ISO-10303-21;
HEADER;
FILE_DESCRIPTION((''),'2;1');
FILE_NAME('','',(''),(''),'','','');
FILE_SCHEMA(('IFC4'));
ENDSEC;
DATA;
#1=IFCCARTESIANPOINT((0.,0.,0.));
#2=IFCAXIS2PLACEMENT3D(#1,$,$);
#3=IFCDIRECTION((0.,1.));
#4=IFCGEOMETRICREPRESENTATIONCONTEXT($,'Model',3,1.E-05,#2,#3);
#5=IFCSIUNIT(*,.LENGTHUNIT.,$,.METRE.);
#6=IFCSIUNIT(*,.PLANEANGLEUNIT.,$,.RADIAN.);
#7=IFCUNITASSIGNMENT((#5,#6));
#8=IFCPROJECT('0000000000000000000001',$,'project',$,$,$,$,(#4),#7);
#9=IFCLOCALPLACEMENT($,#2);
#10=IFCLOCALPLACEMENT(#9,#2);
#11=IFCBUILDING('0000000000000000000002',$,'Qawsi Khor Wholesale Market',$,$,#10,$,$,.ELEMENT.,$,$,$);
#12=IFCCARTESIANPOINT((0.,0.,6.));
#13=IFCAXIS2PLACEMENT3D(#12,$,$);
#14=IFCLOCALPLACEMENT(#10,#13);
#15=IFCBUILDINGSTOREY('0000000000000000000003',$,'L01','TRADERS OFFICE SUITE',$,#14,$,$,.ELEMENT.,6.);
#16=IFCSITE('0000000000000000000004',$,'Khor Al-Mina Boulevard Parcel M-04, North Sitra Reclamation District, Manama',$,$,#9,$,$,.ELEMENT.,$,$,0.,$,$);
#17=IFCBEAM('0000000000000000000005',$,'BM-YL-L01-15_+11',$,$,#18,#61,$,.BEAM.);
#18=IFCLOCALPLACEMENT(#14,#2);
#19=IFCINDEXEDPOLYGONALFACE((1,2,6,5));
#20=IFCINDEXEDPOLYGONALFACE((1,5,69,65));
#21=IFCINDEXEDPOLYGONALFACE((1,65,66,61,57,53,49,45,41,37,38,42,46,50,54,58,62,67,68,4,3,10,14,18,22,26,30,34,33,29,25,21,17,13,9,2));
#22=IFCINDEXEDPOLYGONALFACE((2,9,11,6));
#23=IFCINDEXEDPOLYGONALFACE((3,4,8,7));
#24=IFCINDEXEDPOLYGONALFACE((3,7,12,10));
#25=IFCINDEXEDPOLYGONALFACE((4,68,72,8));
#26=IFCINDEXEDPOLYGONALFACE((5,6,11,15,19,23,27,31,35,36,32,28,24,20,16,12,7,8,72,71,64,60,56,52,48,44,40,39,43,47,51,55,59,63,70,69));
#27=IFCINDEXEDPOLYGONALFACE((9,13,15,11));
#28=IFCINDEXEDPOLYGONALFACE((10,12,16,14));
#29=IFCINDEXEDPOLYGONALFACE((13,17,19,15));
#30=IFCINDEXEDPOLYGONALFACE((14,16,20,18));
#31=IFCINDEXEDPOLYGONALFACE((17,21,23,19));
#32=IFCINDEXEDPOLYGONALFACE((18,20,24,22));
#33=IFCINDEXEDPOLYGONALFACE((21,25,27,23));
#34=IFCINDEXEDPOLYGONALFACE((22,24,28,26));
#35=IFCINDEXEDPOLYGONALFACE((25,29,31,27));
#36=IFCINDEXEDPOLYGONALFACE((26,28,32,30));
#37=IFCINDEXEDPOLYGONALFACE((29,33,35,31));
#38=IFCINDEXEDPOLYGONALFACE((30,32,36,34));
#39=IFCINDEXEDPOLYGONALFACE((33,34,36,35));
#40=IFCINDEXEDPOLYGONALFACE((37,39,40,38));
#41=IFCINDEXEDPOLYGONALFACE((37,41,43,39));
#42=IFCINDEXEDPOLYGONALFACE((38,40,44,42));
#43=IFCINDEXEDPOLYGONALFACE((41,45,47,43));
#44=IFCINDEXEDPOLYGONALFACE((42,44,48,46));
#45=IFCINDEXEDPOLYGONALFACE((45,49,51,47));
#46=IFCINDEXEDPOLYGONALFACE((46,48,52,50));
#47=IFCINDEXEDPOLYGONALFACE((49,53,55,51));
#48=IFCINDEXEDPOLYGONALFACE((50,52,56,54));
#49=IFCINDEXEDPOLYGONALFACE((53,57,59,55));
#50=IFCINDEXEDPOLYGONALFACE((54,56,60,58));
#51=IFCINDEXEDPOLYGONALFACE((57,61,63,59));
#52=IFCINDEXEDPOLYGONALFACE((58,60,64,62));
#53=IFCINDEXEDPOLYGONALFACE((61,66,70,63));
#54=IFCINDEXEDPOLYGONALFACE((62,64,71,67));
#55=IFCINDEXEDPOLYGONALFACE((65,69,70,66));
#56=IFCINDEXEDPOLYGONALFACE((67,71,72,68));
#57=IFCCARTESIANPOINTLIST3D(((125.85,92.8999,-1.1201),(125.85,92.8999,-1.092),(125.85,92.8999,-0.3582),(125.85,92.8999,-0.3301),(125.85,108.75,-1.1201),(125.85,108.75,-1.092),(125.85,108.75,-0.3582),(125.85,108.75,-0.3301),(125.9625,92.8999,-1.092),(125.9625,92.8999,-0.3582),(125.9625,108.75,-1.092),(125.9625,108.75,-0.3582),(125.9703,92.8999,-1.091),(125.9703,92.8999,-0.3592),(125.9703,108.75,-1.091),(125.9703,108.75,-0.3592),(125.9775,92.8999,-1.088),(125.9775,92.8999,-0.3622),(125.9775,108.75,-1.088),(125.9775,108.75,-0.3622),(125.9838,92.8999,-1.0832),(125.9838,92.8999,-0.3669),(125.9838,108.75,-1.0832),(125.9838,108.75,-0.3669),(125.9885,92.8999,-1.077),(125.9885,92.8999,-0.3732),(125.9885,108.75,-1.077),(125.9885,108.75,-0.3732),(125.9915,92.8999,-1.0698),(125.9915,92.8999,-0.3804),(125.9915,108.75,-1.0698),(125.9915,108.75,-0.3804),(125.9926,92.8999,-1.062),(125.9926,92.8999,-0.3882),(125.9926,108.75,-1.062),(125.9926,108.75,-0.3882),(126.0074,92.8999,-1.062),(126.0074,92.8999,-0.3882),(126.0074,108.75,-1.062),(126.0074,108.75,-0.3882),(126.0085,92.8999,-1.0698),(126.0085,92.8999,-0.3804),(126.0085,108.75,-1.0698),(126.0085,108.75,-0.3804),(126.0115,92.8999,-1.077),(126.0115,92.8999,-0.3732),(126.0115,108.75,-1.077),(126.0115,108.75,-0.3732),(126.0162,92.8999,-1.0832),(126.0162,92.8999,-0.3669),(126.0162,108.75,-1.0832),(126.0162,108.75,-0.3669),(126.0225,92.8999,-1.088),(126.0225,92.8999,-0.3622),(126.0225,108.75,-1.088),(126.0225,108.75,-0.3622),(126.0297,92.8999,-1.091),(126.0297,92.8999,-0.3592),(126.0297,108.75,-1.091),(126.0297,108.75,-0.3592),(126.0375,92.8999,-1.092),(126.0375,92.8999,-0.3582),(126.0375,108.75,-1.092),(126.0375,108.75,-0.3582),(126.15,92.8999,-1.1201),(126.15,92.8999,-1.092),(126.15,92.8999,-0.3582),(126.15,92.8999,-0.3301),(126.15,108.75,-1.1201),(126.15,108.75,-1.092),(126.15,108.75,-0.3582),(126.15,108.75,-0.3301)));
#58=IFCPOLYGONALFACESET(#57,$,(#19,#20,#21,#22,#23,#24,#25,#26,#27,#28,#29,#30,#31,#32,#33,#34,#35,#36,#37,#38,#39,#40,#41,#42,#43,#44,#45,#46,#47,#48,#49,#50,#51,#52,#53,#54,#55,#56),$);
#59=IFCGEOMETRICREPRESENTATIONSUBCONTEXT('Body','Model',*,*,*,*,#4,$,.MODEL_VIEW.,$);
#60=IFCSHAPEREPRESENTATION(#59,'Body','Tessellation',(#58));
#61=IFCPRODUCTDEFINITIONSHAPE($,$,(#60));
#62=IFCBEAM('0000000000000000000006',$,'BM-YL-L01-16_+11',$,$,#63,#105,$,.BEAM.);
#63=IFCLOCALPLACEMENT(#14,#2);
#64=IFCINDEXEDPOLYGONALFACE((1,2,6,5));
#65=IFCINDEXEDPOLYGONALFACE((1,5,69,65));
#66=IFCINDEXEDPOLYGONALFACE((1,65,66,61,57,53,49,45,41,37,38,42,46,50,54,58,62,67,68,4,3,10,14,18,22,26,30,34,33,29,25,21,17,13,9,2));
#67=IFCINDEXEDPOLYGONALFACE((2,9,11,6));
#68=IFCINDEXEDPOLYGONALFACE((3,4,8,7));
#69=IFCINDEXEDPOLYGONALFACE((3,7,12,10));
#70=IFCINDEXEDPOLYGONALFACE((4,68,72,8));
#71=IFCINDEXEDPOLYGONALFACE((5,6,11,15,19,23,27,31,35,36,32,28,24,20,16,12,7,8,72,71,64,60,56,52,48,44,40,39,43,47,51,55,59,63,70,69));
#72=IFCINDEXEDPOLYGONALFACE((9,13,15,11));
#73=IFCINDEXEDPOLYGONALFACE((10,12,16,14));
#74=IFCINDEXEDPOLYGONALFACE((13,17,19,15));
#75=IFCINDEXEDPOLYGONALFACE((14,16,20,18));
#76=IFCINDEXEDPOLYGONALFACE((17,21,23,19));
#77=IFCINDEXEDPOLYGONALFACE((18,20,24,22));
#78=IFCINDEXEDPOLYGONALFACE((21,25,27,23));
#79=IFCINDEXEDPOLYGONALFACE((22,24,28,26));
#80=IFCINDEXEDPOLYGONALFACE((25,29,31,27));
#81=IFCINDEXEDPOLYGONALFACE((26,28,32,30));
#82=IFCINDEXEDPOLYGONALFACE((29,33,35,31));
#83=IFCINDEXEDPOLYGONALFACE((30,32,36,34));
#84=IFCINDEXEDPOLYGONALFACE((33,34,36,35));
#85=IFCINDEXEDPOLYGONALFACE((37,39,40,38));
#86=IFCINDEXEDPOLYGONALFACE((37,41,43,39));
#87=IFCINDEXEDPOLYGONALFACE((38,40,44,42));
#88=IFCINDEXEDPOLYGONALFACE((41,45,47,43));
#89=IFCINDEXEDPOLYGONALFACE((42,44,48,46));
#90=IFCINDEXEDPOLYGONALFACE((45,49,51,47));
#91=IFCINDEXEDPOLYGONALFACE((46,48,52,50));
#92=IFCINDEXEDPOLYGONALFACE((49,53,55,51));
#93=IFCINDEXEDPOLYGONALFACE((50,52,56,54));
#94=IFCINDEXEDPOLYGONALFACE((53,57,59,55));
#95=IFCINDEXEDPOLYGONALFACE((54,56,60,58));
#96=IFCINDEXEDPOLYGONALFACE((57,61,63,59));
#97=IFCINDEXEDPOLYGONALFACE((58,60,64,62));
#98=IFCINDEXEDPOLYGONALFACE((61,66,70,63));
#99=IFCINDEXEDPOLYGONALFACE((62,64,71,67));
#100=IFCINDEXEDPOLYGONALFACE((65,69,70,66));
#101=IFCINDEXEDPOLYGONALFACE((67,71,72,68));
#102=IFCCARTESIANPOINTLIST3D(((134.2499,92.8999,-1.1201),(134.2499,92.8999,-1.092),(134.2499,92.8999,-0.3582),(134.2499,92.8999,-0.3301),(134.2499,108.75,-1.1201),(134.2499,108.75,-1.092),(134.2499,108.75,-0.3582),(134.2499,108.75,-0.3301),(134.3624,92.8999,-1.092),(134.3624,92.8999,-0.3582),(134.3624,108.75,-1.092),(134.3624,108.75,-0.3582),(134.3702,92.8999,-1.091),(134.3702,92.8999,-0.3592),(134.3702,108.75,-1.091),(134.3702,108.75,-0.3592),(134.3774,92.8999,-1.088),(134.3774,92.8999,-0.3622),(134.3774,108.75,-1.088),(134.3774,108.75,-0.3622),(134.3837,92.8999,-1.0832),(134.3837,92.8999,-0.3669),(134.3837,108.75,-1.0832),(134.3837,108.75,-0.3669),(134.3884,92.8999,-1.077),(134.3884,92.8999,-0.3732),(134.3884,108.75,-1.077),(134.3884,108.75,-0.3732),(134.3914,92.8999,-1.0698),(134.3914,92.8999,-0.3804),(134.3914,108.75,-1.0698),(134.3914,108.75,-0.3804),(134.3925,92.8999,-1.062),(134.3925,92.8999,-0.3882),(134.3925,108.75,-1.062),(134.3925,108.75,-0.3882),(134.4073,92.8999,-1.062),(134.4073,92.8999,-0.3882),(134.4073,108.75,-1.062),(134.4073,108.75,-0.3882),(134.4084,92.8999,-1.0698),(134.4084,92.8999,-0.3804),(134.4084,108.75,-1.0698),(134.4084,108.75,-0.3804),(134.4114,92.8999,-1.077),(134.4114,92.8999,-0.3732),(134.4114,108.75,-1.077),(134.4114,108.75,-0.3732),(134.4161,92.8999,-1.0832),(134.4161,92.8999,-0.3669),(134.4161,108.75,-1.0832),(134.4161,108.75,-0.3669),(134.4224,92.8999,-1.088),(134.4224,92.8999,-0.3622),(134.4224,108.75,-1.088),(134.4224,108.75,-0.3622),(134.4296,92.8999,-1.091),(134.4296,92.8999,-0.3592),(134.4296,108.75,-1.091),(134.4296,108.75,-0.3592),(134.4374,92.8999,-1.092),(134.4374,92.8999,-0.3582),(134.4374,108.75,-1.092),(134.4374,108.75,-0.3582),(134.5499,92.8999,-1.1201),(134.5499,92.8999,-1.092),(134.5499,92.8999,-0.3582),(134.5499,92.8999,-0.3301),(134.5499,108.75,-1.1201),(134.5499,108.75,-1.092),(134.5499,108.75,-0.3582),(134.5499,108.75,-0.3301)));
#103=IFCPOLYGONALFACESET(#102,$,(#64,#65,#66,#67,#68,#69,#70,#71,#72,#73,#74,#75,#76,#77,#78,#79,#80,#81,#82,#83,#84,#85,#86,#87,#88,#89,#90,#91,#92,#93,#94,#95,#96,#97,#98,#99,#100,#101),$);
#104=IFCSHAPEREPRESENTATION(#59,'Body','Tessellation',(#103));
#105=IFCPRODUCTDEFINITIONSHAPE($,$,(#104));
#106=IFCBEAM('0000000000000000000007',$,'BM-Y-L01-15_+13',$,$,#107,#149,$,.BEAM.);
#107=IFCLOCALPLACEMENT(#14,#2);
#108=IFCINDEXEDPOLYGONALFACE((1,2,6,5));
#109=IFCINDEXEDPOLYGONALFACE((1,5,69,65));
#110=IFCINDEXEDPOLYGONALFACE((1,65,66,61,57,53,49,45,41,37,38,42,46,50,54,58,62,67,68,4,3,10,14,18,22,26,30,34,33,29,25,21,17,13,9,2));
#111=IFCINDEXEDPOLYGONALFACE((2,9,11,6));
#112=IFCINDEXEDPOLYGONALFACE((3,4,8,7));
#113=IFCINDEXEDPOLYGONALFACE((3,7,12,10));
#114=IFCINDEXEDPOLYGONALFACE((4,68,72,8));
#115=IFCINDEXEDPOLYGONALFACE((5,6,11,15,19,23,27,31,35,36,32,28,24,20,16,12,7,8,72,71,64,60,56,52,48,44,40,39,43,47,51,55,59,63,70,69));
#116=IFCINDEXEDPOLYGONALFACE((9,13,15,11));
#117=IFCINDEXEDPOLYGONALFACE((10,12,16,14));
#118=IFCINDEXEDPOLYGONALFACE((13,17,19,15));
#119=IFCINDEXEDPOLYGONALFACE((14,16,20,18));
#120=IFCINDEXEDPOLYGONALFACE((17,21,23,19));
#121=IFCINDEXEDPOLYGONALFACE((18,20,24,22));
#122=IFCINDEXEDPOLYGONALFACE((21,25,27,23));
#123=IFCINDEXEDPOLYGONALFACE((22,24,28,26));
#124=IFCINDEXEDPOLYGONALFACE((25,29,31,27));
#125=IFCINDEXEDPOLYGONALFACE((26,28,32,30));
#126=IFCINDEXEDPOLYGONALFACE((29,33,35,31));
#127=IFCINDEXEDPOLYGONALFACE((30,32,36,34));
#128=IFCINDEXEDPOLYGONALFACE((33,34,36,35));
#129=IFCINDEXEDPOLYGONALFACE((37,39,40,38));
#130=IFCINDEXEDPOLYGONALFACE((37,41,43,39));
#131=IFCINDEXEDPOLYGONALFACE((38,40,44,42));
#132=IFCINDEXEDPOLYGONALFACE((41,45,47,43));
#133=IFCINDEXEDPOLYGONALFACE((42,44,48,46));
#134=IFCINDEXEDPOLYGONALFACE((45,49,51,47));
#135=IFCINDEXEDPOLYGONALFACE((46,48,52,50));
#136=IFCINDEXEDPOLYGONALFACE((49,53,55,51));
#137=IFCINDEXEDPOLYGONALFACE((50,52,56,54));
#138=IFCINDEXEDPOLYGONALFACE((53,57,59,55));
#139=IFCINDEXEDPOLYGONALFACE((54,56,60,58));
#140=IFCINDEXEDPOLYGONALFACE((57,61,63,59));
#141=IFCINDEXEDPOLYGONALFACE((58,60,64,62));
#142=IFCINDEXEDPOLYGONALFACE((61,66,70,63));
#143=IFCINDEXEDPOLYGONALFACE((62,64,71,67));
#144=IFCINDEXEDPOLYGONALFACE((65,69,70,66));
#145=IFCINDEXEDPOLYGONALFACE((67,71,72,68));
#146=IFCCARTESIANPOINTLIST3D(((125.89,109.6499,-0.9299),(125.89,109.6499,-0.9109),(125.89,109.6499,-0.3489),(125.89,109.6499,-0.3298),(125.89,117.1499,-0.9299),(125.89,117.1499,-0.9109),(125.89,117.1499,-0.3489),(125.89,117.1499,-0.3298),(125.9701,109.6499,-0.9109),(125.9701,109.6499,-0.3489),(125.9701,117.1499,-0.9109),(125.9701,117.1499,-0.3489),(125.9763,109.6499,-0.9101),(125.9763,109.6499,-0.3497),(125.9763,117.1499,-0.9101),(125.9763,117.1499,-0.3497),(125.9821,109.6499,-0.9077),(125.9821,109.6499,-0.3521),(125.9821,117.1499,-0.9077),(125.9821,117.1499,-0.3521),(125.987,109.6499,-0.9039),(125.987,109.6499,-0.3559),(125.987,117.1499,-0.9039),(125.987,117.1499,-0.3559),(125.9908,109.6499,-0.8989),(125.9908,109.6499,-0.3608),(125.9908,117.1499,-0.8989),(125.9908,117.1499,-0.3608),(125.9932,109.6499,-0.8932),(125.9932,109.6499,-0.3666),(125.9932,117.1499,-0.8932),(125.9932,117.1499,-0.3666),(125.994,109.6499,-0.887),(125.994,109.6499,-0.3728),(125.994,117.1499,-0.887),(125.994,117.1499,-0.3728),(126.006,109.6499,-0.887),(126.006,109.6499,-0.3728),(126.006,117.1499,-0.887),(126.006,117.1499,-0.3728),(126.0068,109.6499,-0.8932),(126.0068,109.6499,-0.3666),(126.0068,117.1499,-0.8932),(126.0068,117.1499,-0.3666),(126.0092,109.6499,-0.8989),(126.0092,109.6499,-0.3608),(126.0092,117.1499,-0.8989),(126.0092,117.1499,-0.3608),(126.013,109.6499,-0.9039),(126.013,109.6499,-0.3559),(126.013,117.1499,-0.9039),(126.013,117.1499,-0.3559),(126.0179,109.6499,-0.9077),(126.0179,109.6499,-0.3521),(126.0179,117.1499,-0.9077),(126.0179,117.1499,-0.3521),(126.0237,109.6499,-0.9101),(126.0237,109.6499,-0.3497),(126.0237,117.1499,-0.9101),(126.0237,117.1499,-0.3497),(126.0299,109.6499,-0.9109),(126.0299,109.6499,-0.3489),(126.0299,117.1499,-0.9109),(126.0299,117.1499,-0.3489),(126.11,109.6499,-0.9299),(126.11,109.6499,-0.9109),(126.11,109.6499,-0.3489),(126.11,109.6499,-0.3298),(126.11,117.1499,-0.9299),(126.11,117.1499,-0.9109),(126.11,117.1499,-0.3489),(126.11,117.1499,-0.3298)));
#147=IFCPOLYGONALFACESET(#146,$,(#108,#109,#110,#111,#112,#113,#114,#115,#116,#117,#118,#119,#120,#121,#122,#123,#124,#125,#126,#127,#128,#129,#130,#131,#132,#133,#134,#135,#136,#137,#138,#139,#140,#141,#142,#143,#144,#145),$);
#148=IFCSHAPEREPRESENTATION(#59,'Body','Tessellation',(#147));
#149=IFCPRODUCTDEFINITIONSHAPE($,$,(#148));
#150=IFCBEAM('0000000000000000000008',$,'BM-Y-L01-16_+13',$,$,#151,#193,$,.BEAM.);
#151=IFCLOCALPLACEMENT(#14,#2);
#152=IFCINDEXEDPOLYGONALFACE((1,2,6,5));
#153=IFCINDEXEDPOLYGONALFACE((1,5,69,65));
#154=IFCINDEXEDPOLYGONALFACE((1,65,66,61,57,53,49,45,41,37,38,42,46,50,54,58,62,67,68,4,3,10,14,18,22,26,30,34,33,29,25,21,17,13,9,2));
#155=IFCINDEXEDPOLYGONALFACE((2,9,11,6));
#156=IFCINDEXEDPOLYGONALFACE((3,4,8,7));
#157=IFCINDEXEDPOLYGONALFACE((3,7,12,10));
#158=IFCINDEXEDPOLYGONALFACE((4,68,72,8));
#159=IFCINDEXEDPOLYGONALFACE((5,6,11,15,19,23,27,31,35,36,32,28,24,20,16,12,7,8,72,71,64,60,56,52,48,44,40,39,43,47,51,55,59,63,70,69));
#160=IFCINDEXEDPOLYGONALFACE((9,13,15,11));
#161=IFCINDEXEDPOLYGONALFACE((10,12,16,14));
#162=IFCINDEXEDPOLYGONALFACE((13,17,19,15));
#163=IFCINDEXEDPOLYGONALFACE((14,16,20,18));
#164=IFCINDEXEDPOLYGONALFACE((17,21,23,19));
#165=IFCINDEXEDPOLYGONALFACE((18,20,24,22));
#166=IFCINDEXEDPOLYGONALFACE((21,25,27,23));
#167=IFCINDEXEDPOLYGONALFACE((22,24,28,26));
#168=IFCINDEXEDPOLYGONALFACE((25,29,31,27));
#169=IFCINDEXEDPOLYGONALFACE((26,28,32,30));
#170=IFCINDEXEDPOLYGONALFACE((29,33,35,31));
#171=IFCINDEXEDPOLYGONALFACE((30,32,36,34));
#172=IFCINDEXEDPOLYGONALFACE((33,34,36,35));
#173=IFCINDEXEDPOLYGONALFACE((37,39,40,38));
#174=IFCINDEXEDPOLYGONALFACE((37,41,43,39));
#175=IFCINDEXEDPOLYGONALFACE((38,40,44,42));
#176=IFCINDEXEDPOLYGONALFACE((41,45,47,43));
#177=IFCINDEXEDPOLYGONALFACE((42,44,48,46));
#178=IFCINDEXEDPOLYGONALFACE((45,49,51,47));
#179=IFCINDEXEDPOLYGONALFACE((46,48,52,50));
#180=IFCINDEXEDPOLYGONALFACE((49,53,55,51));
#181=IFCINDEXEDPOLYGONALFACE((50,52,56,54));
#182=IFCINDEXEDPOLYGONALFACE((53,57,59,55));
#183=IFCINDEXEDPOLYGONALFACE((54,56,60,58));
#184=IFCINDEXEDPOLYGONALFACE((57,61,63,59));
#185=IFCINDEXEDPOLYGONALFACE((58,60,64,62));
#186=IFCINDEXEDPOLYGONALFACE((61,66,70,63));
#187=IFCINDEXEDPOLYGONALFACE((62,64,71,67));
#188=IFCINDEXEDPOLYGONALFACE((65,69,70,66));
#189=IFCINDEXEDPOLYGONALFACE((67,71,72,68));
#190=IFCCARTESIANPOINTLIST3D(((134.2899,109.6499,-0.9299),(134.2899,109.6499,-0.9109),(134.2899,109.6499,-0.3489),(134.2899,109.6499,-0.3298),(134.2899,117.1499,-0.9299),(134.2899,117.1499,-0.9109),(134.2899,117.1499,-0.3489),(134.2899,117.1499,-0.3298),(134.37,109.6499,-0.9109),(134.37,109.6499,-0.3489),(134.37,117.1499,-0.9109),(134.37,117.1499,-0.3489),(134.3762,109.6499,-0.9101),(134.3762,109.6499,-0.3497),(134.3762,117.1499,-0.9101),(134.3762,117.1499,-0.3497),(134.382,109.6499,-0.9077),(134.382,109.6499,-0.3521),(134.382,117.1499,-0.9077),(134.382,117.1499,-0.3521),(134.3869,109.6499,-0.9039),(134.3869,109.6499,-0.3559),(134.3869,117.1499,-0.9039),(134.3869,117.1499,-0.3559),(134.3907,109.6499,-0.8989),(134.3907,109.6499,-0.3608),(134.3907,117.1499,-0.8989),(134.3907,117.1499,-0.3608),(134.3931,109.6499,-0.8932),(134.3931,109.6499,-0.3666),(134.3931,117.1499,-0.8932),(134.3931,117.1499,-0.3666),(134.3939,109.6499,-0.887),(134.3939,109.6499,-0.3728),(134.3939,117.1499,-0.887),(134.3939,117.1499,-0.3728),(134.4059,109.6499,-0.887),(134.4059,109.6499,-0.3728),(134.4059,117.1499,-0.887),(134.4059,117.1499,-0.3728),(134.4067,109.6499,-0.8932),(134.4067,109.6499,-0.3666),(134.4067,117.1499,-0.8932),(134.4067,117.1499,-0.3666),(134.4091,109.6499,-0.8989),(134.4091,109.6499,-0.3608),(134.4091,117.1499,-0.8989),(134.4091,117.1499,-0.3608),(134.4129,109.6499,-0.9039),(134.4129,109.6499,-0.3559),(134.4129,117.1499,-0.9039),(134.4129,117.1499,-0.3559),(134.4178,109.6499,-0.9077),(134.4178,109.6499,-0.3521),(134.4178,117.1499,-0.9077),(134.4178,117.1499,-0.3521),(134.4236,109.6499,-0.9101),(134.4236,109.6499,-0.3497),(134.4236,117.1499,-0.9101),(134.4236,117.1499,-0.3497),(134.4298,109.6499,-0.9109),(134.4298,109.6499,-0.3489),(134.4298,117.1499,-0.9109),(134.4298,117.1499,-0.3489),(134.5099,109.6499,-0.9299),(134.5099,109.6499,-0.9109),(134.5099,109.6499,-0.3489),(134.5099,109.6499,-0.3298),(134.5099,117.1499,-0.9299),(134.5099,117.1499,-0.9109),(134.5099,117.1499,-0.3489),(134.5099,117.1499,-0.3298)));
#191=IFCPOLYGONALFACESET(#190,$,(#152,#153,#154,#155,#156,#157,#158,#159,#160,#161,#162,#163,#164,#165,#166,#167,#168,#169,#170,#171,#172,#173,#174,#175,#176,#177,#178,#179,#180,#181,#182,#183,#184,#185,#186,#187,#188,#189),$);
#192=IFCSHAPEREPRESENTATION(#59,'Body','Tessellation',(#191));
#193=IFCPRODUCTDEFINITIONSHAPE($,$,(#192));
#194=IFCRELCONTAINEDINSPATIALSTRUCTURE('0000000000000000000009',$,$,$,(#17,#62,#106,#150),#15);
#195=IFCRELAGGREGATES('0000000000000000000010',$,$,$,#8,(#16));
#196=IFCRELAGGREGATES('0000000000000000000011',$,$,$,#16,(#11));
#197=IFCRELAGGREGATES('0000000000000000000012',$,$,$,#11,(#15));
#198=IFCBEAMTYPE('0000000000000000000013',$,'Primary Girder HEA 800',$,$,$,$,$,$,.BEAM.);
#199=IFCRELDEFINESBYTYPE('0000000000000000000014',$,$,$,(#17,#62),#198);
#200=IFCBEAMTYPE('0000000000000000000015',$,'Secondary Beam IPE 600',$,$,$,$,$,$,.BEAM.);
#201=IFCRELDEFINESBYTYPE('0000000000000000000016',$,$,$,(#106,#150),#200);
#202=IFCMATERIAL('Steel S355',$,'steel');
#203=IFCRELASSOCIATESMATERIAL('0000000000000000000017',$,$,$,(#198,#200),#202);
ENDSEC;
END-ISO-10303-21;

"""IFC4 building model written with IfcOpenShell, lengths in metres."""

from ifc_helpers import new_model, si_unit, direction, frame, origin, origin_2d, place, context, subcontext, project, spatial, i_section, extrude, material, material_profile, profile_set, type_object, element, save


model = new_model("IFC4")

# Units and contexts
model_context = context("Model", 3, precision=1e-05, world=origin(), true_north=direction((0.0, 1.0)))
body_context = subcontext(model_context, "Body", "Model", "MODEL_VIEW")
ifc_project = project(units=[si_unit("LENGTHUNIT", "METRE"), si_unit("PLANEANGLEUNIT", "RADIAN")], contexts=[model_context])

# Site, building, storey
site_placement = place(None, origin())
site = spatial("IfcSite", under=ifc_project, at=site_placement, Name="Khor Al-Mina Boulevard Parcel M-04, North Sitra Reclamation District, Manama", CompositionType="ELEMENT", RefElevation=0.0)
building_placement = place(site_placement, origin())
building = spatial("IfcBuilding", under=site, at=building_placement, Name="Qawsi Khor Wholesale Market", CompositionType="ELEMENT")
storey_placement = place(building_placement, frame((0.0, 0.0, 6.0)))
storey = spatial("IfcBuildingStorey", under=building, at=storey_placement, Name="L01", Description="TRADERS OFFICE SUITE", CompositionType="ELEMENT", Elevation=6.0)

# Beams
ifc_material_1 = material(Name="Steel S355", Category="steel")
ifc_material_profile_1 = material_profile(ifc_material_1, i_section(OverallWidth=0.3, OverallDepth=0.79, WebThickness=0.0149, FlangeThickness=0.0281, FilletRadius=0.03, at=origin_2d()), Name="HEA 800")
ifc_profile_set_1 = profile_set([ifc_material_profile_1], Name="Steel S355")
beam_type_1 = type_object("IfcBeamType", Name="Primary Girder HEA 800", PredefinedType="BEAM", material=ifc_profile_set_1)
for number, where, z_axis, x_axis, name in (
    (1, (126.0, 92.8999, -0.7251), (0.0, 1.0, 0.0), (-1.0, 0.0, 0.0), "BM-YL-L01-15_+11"),
    (2, (134.3999, 92.8999, -0.7251), (0.0, 1.0, 0.0), (-1.0, 0.0, 0.0), "BM-YL-L01-16_+11"),
):
    element("IfcBeam", number, at=place(storey_placement, frame(where, z_axis=z_axis, x_axis=x_axis)), inside=storey, type_object=beam_type_1, Name=name, PredefinedType="BEAM", context=body_context, shape_type="SweptSolid", body=[
        extrude(i_section(OverallWidth=0.3, OverallDepth=0.79, WebThickness=0.0149, FlangeThickness=0.0281, FilletRadius=0.03, at=origin_2d()), origin(), (0.0, 0.0, 1.0), 15.8501),
    ])
ifc_material_profile_2 = material_profile(ifc_material_1, i_section(OverallWidth=0.22, OverallDepth=0.6001, WebThickness=0.012, FlangeThickness=0.019, FilletRadius=0.0239, at=origin_2d()), Name="IPE 600")
ifc_profile_set_2 = profile_set([ifc_material_profile_2], Name="Steel S355")
beam_type_2 = type_object("IfcBeamType", Name="Secondary Beam IPE 600", PredefinedType="BEAM", material=ifc_profile_set_2)
for number, where, z_axis, x_axis, name in (
    (3, (126.0, 109.6499, -0.6299), (0.0, 1.0, 0.0), (-1.0, 0.0, 0.0), "BM-Y-L01-15_+13"),
    (4, (134.3999, 109.6499, -0.6299), (0.0, 1.0, 0.0), (-1.0, 0.0, 0.0), "BM-Y-L01-16_+13"),
):
    element("IfcBeam", number, at=place(storey_placement, frame(where, z_axis=z_axis, x_axis=x_axis)), inside=storey, type_object=beam_type_2, Name=name, PredefinedType="BEAM", context=body_context, shape_type="SweptSolid", body=[
        extrude(i_section(OverallWidth=0.22, OverallDepth=0.6001, WebThickness=0.012, FlangeThickness=0.019, FilletRadius=0.0239, at=origin_2d()), origin(), (0.0, 0.0, 1.0), 7.5),
    ])

save(model, "model.ifc")
